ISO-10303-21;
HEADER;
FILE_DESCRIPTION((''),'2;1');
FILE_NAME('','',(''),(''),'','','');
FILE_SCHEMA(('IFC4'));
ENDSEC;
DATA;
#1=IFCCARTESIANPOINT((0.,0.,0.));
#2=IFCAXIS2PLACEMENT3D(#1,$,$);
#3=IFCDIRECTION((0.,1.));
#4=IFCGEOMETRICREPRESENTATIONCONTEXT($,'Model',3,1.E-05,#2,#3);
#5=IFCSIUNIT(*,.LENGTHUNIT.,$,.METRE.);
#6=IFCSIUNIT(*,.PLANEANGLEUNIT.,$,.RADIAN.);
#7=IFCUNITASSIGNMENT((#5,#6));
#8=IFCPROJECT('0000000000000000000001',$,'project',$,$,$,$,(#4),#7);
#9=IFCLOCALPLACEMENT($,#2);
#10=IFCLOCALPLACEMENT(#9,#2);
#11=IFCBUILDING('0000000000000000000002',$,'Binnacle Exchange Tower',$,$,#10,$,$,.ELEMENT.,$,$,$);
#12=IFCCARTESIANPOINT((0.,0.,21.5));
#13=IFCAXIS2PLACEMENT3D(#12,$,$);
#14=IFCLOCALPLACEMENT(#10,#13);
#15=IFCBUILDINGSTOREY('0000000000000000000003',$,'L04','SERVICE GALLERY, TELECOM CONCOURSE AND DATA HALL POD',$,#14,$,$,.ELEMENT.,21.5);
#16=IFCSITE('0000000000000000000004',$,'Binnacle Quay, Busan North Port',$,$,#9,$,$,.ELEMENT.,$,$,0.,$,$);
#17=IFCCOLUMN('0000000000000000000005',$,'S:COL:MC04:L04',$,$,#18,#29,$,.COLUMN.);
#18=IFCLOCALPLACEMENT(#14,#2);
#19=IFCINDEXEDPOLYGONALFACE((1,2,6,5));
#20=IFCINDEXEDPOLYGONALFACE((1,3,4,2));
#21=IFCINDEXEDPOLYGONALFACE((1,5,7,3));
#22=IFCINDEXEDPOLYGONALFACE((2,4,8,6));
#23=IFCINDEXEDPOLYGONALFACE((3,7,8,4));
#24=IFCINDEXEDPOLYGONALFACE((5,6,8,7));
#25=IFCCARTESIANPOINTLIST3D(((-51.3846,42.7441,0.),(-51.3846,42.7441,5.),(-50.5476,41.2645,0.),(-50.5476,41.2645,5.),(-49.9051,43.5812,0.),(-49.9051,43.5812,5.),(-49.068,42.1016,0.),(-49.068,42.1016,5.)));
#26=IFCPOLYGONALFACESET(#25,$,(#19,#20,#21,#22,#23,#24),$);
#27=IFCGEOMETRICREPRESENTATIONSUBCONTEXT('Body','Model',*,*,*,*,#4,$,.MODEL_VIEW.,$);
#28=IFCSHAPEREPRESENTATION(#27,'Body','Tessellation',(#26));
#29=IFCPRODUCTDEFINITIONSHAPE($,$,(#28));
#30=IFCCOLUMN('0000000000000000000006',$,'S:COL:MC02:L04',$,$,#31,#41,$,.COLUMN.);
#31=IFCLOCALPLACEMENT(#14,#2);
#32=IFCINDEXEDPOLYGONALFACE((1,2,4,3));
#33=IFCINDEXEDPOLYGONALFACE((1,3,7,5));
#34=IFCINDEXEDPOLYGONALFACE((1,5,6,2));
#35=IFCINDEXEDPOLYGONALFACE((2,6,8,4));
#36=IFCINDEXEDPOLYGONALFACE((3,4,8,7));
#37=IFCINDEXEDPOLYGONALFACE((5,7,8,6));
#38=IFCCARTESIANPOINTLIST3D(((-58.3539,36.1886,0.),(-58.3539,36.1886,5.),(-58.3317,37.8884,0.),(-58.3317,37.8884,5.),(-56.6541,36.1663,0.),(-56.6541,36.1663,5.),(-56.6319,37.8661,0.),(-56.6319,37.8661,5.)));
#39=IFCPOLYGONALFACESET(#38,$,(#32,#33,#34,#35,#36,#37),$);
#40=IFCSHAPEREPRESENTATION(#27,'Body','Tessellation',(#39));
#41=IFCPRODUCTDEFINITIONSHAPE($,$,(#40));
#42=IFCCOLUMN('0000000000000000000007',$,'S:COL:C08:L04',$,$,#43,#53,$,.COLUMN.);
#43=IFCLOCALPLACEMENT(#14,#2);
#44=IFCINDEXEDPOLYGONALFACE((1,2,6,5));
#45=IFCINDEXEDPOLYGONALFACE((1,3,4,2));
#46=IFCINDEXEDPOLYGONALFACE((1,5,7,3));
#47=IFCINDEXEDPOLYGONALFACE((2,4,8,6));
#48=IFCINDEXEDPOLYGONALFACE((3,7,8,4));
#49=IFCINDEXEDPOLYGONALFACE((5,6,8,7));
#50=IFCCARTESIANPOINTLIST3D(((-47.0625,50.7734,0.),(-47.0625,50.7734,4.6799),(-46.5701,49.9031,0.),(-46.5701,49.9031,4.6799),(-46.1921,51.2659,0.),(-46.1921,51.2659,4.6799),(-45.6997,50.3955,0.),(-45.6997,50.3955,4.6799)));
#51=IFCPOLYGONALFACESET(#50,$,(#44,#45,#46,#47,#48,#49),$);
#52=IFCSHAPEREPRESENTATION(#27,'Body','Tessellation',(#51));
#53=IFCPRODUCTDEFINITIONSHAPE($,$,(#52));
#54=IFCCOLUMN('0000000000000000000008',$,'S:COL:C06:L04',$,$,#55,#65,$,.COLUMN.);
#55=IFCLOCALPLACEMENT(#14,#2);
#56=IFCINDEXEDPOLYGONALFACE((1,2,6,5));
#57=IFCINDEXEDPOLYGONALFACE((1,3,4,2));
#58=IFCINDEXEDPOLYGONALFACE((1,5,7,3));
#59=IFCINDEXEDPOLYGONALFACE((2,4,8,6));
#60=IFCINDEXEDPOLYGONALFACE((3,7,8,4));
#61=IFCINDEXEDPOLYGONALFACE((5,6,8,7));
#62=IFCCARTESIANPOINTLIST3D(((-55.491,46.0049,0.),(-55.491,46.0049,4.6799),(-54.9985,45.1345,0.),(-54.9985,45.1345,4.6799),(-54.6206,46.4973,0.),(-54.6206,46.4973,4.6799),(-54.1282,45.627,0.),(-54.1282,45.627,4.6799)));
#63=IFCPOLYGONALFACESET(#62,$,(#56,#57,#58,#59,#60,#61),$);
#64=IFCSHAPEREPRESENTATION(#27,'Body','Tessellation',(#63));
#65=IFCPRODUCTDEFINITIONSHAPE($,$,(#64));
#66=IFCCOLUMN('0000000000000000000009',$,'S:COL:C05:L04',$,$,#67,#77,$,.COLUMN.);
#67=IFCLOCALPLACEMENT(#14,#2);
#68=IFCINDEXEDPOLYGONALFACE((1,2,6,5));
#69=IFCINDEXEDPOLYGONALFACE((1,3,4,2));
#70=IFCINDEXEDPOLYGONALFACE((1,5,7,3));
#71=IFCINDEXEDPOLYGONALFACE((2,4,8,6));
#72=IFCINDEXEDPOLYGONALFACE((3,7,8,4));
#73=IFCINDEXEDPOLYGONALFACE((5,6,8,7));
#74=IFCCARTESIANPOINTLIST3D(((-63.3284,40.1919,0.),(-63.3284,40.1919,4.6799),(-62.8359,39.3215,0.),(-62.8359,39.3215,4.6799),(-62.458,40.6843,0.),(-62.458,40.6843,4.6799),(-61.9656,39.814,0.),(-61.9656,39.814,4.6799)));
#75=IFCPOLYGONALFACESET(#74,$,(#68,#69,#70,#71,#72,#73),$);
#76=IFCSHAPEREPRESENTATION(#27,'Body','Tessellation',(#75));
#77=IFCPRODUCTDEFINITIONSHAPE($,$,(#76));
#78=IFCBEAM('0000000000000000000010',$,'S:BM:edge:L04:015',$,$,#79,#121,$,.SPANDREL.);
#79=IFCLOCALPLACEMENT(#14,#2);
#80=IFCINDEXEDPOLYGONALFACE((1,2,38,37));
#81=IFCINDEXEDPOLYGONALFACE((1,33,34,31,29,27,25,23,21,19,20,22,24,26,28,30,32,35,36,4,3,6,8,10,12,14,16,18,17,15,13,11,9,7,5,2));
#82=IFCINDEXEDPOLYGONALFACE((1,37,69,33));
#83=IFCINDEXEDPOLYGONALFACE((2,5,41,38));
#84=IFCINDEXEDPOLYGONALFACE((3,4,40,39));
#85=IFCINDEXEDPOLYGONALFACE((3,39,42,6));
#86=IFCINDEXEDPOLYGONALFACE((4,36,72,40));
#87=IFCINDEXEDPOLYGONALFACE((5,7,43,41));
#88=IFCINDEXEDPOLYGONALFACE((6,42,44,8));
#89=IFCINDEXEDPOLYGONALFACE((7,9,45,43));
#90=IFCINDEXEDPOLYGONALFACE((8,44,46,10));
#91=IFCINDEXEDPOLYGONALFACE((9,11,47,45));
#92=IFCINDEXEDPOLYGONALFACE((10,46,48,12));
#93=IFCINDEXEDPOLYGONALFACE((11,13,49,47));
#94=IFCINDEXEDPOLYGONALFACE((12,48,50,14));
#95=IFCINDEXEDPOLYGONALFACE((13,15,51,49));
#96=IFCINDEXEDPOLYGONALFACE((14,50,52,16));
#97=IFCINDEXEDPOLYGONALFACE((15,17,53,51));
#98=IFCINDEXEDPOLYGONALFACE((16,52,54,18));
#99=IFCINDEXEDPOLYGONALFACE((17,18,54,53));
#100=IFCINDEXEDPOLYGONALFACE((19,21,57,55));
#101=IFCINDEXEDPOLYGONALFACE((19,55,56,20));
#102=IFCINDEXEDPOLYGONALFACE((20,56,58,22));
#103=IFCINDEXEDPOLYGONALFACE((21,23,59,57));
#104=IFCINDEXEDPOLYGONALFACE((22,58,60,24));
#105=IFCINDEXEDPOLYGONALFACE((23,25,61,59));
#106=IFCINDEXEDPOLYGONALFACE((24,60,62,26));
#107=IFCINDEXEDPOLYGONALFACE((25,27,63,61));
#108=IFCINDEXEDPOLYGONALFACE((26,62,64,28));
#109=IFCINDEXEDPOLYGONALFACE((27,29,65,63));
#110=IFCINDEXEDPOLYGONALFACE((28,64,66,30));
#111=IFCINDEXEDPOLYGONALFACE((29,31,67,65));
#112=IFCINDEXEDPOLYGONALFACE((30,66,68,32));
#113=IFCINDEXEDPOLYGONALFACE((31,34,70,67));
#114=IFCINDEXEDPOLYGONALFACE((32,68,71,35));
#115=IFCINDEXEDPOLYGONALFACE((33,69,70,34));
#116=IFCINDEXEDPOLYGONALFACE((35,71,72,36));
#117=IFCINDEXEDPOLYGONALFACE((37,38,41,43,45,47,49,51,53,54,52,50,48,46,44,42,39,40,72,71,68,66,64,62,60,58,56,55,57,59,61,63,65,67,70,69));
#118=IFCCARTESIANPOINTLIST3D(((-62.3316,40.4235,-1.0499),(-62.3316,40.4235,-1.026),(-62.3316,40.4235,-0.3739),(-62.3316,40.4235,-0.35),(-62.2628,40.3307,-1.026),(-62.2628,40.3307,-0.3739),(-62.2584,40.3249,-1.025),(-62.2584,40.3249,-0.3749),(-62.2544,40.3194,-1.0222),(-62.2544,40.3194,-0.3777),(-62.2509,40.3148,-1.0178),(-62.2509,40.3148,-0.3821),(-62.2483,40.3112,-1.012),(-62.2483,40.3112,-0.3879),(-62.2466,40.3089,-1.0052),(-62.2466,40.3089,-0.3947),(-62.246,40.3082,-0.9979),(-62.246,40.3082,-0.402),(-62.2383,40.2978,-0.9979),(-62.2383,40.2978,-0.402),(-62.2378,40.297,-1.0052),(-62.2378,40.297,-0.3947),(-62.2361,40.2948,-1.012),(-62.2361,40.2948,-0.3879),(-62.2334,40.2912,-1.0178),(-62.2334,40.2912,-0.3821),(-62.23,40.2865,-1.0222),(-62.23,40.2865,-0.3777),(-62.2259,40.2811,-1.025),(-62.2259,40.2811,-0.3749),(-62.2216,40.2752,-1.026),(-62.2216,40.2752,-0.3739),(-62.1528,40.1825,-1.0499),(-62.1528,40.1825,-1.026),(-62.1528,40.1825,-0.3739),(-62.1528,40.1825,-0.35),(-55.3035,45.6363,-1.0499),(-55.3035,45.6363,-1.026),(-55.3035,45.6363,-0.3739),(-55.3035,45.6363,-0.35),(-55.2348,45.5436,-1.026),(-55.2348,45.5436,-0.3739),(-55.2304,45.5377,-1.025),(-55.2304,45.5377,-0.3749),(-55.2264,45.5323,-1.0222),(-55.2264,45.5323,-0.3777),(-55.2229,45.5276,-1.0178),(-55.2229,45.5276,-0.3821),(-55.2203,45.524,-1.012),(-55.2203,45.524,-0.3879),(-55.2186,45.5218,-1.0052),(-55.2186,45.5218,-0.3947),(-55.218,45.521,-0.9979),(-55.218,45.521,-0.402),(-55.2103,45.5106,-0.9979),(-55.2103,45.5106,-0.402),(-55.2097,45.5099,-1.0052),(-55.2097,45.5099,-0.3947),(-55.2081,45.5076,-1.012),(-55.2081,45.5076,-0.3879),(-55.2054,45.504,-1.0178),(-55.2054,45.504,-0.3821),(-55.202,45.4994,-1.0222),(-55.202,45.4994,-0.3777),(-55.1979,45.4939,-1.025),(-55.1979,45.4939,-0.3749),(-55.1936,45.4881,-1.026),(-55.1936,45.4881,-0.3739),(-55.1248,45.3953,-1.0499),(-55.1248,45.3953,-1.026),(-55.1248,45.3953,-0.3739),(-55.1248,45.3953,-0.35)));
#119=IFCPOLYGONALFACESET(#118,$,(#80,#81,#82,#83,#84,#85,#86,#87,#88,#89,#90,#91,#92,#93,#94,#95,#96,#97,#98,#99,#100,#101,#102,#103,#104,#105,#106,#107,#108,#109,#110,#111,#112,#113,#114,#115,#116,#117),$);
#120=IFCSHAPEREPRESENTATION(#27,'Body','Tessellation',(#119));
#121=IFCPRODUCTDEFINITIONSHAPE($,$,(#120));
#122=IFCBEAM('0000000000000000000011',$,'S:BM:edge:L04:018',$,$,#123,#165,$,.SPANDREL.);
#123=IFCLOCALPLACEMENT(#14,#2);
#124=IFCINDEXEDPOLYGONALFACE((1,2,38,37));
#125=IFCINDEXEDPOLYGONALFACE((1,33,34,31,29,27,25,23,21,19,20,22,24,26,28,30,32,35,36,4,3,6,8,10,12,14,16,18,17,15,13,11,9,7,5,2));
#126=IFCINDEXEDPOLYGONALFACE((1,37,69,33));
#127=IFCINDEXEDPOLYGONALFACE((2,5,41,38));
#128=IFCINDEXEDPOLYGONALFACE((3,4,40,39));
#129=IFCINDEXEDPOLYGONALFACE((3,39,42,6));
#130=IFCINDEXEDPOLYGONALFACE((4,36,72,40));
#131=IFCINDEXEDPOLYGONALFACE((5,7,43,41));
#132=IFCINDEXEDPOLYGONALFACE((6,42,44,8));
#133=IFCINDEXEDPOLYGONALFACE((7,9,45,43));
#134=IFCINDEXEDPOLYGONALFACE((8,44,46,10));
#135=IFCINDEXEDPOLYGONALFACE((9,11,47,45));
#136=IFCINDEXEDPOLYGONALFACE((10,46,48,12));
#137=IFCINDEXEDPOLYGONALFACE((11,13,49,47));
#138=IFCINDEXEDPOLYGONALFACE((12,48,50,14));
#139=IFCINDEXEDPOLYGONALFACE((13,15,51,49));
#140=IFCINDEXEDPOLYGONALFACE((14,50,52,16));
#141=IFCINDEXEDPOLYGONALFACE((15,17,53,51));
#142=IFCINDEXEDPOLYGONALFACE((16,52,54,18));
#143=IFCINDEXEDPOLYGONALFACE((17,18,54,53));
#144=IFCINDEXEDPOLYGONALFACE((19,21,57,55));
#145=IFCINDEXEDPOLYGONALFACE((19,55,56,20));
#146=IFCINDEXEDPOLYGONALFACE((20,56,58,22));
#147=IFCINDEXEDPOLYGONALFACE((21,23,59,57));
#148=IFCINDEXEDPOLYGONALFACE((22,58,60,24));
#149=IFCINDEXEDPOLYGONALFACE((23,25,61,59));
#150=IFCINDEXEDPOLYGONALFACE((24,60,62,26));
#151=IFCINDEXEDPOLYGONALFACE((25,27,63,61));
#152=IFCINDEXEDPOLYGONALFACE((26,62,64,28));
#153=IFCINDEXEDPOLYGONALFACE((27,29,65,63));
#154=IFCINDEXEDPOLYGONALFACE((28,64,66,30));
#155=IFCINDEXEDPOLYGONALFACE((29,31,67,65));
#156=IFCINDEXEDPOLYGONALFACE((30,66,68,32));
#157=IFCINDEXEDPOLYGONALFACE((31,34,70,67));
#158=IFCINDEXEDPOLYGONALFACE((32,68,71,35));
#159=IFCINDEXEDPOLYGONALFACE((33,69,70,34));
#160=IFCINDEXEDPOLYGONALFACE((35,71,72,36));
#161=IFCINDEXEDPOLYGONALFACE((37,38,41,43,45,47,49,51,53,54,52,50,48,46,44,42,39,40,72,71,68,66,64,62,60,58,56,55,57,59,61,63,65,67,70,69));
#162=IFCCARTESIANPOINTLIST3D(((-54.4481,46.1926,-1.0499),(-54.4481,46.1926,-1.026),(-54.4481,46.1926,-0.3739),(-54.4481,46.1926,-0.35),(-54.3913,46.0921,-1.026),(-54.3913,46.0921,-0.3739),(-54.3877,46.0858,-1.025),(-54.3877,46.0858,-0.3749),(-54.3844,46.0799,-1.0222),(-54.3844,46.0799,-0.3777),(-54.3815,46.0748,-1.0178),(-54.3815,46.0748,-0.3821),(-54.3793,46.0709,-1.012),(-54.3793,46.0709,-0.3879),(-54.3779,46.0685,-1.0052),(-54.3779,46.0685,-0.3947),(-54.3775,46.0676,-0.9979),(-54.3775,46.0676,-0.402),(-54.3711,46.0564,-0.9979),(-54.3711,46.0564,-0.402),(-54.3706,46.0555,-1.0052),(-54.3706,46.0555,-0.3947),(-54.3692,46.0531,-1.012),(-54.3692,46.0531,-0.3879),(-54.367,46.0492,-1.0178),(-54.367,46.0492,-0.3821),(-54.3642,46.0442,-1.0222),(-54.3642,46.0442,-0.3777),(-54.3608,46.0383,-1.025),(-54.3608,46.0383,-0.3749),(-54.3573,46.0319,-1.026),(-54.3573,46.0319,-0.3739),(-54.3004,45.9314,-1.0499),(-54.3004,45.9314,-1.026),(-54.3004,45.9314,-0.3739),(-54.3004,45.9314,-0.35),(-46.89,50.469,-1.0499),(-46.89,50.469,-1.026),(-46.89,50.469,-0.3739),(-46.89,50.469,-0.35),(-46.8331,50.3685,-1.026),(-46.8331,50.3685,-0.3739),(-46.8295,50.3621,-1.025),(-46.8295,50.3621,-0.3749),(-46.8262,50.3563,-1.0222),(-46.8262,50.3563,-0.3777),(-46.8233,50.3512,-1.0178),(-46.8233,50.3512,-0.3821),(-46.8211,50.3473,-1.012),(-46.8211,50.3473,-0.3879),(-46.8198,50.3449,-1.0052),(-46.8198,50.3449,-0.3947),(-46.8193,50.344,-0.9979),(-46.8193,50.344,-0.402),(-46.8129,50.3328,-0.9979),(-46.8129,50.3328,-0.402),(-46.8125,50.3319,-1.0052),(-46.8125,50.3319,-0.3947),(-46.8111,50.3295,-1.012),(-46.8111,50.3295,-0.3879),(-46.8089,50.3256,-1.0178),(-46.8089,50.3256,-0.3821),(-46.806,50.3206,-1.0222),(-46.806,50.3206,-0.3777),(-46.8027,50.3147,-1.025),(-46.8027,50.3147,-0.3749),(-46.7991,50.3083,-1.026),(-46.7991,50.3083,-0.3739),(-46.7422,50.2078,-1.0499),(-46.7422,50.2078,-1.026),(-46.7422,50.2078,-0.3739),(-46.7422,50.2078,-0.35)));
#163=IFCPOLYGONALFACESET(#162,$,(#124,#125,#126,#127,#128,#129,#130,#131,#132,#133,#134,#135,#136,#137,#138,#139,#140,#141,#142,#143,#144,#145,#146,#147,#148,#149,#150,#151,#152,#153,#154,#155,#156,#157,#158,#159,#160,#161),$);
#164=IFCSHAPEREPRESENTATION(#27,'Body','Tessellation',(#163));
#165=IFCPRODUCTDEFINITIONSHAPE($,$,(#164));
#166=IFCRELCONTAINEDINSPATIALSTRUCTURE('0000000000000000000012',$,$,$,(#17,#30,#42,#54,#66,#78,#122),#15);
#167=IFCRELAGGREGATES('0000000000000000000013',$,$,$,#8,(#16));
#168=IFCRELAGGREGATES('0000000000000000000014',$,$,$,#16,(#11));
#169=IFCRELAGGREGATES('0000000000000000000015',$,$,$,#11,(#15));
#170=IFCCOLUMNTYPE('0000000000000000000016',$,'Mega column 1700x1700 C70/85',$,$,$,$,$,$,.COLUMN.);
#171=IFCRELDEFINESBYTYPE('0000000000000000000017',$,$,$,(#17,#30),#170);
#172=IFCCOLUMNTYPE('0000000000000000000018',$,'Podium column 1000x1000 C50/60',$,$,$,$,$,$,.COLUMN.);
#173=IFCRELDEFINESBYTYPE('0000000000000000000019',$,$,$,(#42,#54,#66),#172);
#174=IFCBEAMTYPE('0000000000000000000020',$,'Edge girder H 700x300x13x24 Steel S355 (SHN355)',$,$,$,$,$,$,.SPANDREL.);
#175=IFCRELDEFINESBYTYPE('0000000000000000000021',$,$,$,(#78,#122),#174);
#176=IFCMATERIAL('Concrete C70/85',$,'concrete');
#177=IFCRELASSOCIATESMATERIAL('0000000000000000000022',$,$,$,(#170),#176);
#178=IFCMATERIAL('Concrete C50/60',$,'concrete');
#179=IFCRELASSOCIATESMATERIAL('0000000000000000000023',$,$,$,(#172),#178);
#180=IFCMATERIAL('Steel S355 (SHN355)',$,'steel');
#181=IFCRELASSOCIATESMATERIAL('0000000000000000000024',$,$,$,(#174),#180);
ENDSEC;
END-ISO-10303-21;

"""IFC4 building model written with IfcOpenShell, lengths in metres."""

from ifc_helpers import new_model, si_unit, direction, frame, origin, origin_2d, place, context, subcontext, project, spatial, rectangle, i_section, extrude, material, material_profile, profile_set, type_object, element, save


model = new_model("IFC4")

# Units and contexts
model_context = context("Model", 3, precision=1e-05, world=origin(), true_north=direction((0.0, 1.0)))
body_context = subcontext(model_context, "Body", "Model", "MODEL_VIEW")
ifc_project = project(units=[si_unit("LENGTHUNIT", "METRE"), si_unit("PLANEANGLEUNIT", "RADIAN")], contexts=[model_context])

# Site, building, storey
site_placement = place(None, origin())
site = spatial("IfcSite", under=ifc_project, at=site_placement, Name="Binnacle Quay, Busan North Port", CompositionType="ELEMENT", RefElevation=0.0)
building_placement = place(site_placement, origin())
building = spatial("IfcBuilding", under=site, at=building_placement, Name="Binnacle Exchange Tower", CompositionType="ELEMENT")
storey_placement = place(building_placement, frame((0.0, 0.0, 21.5)))
storey = spatial("IfcBuildingStorey", under=building, at=storey_placement, Name="L04", Description="SERVICE GALLERY, TELECOM CONCOURSE AND DATA HALL POD", CompositionType="ELEMENT", Elevation=21.5)

# Columns
ifc_material_1 = material(Name="Concrete C70/85", Category="concrete")
ifc_material_profile_1 = material_profile(ifc_material_1, rectangle(XDim=1.7, YDim=1.7, at=origin_2d()), Name="Mega column 1700x1700 C70/85")
ifc_profile_set_1 = profile_set([ifc_material_profile_1], Name="Concrete C70/85")
column_type_1 = type_object("IfcColumnType", Name="Mega column 1700x1700 C70/85", PredefinedType="COLUMN", material=ifc_profile_set_1)
for number, where, z_axis, x_axis, name in (
    (1, (-50.2263, 42.4229, 0.0), (0.0, 0.0, 1.0), (-0.870356, -0.492424, 0.0), "S:COL:MC04:L04"),
    (2, (-57.4929, 37.0273, 0.0), (0.0, 0.0, 1.0), (-0.01309, -0.999914, 0.0), "S:COL:MC02:L04"),
):
    element("IfcColumn", number, at=place(storey_placement, frame(where, z_axis=z_axis, x_axis=x_axis)), inside=storey, type_object=column_type_1, Name=name, PredefinedType="COLUMN", context=body_context, shape_type="SweptSolid", body=[
        extrude(rectangle(XDim=1.7, YDim=1.7, at=origin_2d()), origin(), (0.0, 0.0, 1.0), 5.0),
    ])
ifc_material_2 = material(Name="Concrete C50/60", Category="concrete")
ifc_material_profile_2 = material_profile(ifc_material_2, rectangle(XDim=1.0, YDim=1.0, at=origin_2d()), Name="Podium column 1000x1000 C50/60")
ifc_profile_set_2 = profile_set([ifc_material_profile_2], Name="Concrete C50/60")
column_type_2 = type_object("IfcColumnType", Name="Podium column 1000x1000 C50/60", PredefinedType="COLUMN", material=ifc_profile_set_2)
for number, where, z_axis, x_axis, name in (
    (3, (-46.3811, 50.5845, 0.0), (0.0, 0.0, 1.0), (-0.870356, -0.492424, 0.0), "S:COL:C08:L04"),
    (4, (-54.8096, 45.8159, 0.0), (0.0, 0.0, 1.0), (-0.870356, -0.492424, 0.0), "S:COL:C06:L04"),
    (5, (-62.647, 40.0029, 0.0), (0.0, 0.0, 1.0), (-0.870356, -0.492424, 0.0), "S:COL:C05:L04"),
):
    element("IfcColumn", number, at=place(storey_placement, frame(where, z_axis=z_axis, x_axis=x_axis)), inside=storey, type_object=column_type_2, Name=name, PredefinedType="COLUMN", context=body_context, shape_type="SweptSolid", body=[
        extrude(rectangle(XDim=1.0, YDim=1.0, at=origin_2d()), origin(), (0.0, 0.0, 1.0), 4.6799),
    ])

# Beams
ifc_material_3 = material(Name="Steel S355 (SHN355)", Category="steel")
ifc_material_profile_3 = material_profile(ifc_material_3, i_section(OverallWidth=0.3, OverallDepth=0.7, WebThickness=0.0129, FlangeThickness=0.0239, FilletRadius=0.0281, at=origin_2d()), Name="H 700x300x13x24")
ifc_profile_set_3 = profile_set([ifc_material_profile_3], Name="Steel S355 (SHN355)")
beam_type_1 = type_object("IfcBeamType", Name="Edge girder H 700x300x13x24 Steel S355 (SHN355)", PredefinedType="SPANDREL", material=ifc_profile_set_3)
beam_1_placement = place(storey_placement, frame((-62.2422, 40.303, -0.7), z_axis=(0.803179, 0.595737, 0.0), x_axis=(-0.595737, 0.803179, 0.0)))
element("IfcBeam", 6, at=beam_1_placement, inside=storey, type_object=beam_type_1, Name="S:BM:edge:L04:015", PredefinedType="SPANDREL", context=body_context, shape_type="SweptSolid", body=[
    extrude(i_section(OverallWidth=0.3, OverallDepth=0.7, WebThickness=0.0129, FlangeThickness=0.0239, FilletRadius=0.0281, at=origin_2d()), origin(), (0.0, 0.0, 1.0), 8.7502),
])
beam_2_placement = place(storey_placement, frame((-54.3743, 46.062, -0.7), z_axis=(0.870346, 0.492441, 0.0), x_axis=(-0.492441, 0.870346, 0.0)))
element("IfcBeam", 7, at=beam_2_placement, inside=storey, type_object=beam_type_1, Name="S:BM:edge:L04:018", PredefinedType="SPANDREL", context=body_context, shape_type="SweptSolid", body=[
    extrude(i_section(OverallWidth=0.3, OverallDepth=0.7, WebThickness=0.0129, FlangeThickness=0.0239, FilletRadius=0.0281, at=origin_2d()), origin(), (0.0, 0.0, 1.0), 8.6841),
])

save(model, "model.ifc")
